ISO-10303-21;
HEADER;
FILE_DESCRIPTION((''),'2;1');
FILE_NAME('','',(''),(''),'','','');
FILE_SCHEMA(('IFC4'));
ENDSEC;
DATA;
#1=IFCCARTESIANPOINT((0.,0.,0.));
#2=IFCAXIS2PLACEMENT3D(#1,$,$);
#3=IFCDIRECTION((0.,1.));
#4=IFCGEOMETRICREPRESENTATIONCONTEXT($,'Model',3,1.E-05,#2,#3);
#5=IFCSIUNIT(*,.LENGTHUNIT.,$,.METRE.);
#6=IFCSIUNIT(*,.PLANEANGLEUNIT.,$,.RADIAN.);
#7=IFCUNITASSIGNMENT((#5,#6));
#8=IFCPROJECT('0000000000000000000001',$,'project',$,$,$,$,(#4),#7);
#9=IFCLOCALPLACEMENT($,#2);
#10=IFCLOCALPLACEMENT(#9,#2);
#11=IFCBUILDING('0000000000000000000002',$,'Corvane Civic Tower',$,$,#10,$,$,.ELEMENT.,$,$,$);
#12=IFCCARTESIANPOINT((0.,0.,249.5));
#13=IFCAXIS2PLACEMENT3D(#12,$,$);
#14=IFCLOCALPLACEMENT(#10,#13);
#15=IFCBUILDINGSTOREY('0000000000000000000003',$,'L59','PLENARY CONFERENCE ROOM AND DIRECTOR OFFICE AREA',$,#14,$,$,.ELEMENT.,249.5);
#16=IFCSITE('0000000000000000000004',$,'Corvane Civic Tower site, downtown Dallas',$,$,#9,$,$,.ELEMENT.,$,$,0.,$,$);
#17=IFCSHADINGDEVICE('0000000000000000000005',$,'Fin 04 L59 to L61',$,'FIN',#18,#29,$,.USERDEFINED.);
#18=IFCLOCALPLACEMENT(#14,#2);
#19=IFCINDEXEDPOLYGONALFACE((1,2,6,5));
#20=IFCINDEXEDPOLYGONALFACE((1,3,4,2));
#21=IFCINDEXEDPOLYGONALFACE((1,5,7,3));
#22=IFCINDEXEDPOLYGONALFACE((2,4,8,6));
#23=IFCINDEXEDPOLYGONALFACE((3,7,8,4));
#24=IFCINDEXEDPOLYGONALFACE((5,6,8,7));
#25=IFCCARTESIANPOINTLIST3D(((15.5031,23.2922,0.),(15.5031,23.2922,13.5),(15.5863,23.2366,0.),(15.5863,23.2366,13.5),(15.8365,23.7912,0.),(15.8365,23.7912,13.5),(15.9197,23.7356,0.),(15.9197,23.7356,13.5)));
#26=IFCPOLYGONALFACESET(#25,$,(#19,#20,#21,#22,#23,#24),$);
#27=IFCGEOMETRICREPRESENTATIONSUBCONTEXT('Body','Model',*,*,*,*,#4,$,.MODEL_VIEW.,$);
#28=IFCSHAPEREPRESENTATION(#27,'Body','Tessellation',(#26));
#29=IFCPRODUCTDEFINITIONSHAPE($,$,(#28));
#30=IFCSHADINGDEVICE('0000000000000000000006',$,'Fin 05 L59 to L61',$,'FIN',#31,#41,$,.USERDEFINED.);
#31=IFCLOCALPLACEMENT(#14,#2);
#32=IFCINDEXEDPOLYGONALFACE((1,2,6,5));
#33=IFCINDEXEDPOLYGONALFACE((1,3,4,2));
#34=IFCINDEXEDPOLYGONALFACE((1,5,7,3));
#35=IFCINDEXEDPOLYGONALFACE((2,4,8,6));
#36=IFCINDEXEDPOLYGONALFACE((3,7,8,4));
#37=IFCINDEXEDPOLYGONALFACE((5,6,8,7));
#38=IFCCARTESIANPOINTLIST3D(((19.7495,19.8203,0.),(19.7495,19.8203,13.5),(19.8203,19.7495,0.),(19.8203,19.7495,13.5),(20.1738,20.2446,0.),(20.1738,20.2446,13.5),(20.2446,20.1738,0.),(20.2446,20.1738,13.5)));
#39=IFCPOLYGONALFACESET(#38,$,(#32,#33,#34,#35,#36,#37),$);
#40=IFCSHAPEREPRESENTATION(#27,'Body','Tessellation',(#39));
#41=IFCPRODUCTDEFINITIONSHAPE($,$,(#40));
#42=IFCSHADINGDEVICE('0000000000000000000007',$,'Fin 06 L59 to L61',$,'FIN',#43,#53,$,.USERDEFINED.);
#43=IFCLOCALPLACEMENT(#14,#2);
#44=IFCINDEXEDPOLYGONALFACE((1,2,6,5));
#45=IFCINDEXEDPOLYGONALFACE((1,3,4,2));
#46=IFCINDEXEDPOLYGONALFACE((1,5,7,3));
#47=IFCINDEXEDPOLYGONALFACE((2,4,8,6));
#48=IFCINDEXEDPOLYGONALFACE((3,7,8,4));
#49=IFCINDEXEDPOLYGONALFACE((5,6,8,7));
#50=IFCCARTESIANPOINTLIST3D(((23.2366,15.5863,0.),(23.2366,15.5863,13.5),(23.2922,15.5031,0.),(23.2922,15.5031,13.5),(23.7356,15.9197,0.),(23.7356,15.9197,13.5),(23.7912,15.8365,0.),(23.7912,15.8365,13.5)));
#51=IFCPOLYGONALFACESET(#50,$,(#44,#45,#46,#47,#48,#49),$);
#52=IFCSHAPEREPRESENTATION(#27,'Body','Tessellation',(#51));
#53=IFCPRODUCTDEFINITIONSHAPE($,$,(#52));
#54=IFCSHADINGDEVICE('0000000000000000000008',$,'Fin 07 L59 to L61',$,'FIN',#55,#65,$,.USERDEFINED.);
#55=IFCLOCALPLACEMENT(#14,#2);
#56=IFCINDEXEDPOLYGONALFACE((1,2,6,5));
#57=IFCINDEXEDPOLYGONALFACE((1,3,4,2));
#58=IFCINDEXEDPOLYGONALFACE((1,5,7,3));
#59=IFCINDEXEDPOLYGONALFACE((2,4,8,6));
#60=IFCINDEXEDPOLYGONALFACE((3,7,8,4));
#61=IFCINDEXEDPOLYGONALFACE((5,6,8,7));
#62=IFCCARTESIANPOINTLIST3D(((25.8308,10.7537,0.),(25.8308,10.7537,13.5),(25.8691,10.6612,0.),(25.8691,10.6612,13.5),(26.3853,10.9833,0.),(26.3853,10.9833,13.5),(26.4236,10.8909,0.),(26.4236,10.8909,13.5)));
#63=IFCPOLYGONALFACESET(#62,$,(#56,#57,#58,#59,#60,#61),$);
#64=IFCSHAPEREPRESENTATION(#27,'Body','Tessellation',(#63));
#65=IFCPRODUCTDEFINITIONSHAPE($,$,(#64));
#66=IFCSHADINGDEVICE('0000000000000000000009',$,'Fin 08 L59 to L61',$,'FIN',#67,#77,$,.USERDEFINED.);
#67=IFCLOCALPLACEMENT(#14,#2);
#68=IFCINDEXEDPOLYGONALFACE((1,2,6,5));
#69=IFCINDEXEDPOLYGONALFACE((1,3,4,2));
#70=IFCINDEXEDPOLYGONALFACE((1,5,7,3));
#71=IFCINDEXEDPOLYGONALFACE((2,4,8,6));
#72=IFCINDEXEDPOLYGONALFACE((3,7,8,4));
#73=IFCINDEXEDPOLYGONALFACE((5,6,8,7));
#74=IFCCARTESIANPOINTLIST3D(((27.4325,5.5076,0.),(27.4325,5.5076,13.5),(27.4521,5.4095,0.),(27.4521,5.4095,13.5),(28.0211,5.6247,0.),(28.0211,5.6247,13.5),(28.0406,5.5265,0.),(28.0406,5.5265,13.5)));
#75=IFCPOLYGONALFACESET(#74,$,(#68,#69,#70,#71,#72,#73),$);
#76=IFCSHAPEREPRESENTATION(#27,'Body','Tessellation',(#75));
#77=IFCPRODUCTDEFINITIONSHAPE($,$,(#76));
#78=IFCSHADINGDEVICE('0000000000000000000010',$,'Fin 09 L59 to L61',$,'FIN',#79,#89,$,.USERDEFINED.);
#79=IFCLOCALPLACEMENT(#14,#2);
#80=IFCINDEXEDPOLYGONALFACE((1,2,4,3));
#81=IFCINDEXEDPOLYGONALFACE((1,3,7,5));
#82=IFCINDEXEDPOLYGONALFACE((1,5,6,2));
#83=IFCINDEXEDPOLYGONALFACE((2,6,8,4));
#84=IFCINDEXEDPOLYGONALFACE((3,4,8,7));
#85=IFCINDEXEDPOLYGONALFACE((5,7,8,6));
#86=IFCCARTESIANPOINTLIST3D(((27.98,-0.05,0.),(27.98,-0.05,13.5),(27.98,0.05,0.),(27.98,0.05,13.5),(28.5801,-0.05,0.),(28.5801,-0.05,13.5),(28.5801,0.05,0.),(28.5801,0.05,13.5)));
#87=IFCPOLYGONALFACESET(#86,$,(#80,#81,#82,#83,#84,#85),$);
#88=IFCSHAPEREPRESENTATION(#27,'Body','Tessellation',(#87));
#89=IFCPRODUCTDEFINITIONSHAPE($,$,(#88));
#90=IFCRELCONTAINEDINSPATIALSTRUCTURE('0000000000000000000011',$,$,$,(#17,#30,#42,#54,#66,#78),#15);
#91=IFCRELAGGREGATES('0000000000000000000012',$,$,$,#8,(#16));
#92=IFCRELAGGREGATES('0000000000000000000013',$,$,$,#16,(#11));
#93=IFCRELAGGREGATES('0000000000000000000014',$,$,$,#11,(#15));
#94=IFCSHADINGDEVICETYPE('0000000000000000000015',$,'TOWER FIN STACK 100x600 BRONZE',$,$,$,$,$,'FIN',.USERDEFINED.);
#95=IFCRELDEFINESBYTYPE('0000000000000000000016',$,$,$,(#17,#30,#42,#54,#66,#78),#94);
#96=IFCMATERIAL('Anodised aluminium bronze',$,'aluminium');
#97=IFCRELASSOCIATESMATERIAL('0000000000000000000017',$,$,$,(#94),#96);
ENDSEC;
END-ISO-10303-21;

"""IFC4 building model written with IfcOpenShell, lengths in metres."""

from ifc_helpers import new_model, si_unit, direction, frame, origin, origin_2d, place, context, subcontext, project, spatial, rectangle, extrude, material, material_profile, profile_set, type_object, element, save


model = new_model("IFC4")

# Units and contexts
model_context = context("Model", 3, precision=1e-05, world=origin(), true_north=direction((0.0, 1.0)))
body_context = subcontext(model_context, "Body", "Model", "MODEL_VIEW")
ifc_project = project(units=[si_unit("LENGTHUNIT", "METRE"), si_unit("PLANEANGLEUNIT", "RADIAN")], contexts=[model_context])

# Site, building, storey
site_placement = place(None, origin())
site = spatial("IfcSite", under=ifc_project, at=site_placement, Name="Corvane Civic Tower site, downtown Dallas", CompositionType="ELEMENT", RefElevation=0.0)
building_placement = place(site_placement, origin())
building = spatial("IfcBuilding", under=site, at=building_placement, Name="Corvane Civic Tower", CompositionType="ELEMENT")
storey_placement = place(building_placement, frame((0.0, 0.0, 249.5)))
storey = spatial("IfcBuildingStorey", under=building, at=storey_placement, Name="L59", Description="PLENARY CONFERENCE ROOM AND DIRECTOR OFFICE AREA", CompositionType="ELEMENT", Elevation=249.5)

# Shading devices
ifc_material_1 = material(Name="Anodised aluminium bronze", Category="aluminium")
ifc_material_profile_1 = material_profile(ifc_material_1, rectangle(XDim=0.1001, YDim=0.6001, at=origin_2d()), Name="TOWER FIN STACK 100x600 BRONZE")
ifc_profile_set_1 = profile_set([ifc_material_profile_1], Name="Anodised aluminium bronze")
shading_device_type = type_object("IfcShadingDeviceType", Name="TOWER FIN STACK 100x600 BRONZE", ElementType="FIN", PredefinedType="USERDEFINED", material=ifc_profile_set_1)
for number, where, z_axis, x_axis, name in (
    (1, (15.7114, 23.5139, 0.0), (0.0, 0.0, 1.0), (0.83147, -0.55557, 0.0), "Fin 04 L59 to L61"),
    (2, (19.9971, 19.9971, 0.0), (0.0, 0.0, 1.0), (0.707107, -0.707107, 0.0), "Fin 05 L59 to L61"),
    (3, (23.5139, 15.7114, 0.0), (0.0, 0.0, 1.0), (0.55557, -0.83147, 0.0), "Fin 06 L59 to L61"),
    (4, (26.1272, 10.8223, 0.0), (0.0, 0.0, 1.0), (0.382683, -0.92388, 0.0), "Fin 07 L59 to L61"),
    (5, (27.7366, 5.5171, 0.0), (0.0, 0.0, 1.0), (0.19509, -0.980785, 0.0), "Fin 08 L59 to L61"),
    (6, (28.28, 0.0, 0.0), (0.0, 0.0, 1.0), (0.0, -1.0, 0.0), "Fin 09 L59 to L61"),
):
    element("IfcShadingDevice", number, at=place(storey_placement, frame(where, z_axis=z_axis, x_axis=x_axis)), inside=storey, type_object=shading_device_type, Name=name, ObjectType="FIN", PredefinedType="USERDEFINED", context=body_context, shape_type="SweptSolid", body=[
        extrude(rectangle(XDim=0.1001, YDim=0.6001, at=origin_2d()), origin(), (0.0, 0.0, 1.0), 13.5),
    ])

save(model, "model.ifc")
